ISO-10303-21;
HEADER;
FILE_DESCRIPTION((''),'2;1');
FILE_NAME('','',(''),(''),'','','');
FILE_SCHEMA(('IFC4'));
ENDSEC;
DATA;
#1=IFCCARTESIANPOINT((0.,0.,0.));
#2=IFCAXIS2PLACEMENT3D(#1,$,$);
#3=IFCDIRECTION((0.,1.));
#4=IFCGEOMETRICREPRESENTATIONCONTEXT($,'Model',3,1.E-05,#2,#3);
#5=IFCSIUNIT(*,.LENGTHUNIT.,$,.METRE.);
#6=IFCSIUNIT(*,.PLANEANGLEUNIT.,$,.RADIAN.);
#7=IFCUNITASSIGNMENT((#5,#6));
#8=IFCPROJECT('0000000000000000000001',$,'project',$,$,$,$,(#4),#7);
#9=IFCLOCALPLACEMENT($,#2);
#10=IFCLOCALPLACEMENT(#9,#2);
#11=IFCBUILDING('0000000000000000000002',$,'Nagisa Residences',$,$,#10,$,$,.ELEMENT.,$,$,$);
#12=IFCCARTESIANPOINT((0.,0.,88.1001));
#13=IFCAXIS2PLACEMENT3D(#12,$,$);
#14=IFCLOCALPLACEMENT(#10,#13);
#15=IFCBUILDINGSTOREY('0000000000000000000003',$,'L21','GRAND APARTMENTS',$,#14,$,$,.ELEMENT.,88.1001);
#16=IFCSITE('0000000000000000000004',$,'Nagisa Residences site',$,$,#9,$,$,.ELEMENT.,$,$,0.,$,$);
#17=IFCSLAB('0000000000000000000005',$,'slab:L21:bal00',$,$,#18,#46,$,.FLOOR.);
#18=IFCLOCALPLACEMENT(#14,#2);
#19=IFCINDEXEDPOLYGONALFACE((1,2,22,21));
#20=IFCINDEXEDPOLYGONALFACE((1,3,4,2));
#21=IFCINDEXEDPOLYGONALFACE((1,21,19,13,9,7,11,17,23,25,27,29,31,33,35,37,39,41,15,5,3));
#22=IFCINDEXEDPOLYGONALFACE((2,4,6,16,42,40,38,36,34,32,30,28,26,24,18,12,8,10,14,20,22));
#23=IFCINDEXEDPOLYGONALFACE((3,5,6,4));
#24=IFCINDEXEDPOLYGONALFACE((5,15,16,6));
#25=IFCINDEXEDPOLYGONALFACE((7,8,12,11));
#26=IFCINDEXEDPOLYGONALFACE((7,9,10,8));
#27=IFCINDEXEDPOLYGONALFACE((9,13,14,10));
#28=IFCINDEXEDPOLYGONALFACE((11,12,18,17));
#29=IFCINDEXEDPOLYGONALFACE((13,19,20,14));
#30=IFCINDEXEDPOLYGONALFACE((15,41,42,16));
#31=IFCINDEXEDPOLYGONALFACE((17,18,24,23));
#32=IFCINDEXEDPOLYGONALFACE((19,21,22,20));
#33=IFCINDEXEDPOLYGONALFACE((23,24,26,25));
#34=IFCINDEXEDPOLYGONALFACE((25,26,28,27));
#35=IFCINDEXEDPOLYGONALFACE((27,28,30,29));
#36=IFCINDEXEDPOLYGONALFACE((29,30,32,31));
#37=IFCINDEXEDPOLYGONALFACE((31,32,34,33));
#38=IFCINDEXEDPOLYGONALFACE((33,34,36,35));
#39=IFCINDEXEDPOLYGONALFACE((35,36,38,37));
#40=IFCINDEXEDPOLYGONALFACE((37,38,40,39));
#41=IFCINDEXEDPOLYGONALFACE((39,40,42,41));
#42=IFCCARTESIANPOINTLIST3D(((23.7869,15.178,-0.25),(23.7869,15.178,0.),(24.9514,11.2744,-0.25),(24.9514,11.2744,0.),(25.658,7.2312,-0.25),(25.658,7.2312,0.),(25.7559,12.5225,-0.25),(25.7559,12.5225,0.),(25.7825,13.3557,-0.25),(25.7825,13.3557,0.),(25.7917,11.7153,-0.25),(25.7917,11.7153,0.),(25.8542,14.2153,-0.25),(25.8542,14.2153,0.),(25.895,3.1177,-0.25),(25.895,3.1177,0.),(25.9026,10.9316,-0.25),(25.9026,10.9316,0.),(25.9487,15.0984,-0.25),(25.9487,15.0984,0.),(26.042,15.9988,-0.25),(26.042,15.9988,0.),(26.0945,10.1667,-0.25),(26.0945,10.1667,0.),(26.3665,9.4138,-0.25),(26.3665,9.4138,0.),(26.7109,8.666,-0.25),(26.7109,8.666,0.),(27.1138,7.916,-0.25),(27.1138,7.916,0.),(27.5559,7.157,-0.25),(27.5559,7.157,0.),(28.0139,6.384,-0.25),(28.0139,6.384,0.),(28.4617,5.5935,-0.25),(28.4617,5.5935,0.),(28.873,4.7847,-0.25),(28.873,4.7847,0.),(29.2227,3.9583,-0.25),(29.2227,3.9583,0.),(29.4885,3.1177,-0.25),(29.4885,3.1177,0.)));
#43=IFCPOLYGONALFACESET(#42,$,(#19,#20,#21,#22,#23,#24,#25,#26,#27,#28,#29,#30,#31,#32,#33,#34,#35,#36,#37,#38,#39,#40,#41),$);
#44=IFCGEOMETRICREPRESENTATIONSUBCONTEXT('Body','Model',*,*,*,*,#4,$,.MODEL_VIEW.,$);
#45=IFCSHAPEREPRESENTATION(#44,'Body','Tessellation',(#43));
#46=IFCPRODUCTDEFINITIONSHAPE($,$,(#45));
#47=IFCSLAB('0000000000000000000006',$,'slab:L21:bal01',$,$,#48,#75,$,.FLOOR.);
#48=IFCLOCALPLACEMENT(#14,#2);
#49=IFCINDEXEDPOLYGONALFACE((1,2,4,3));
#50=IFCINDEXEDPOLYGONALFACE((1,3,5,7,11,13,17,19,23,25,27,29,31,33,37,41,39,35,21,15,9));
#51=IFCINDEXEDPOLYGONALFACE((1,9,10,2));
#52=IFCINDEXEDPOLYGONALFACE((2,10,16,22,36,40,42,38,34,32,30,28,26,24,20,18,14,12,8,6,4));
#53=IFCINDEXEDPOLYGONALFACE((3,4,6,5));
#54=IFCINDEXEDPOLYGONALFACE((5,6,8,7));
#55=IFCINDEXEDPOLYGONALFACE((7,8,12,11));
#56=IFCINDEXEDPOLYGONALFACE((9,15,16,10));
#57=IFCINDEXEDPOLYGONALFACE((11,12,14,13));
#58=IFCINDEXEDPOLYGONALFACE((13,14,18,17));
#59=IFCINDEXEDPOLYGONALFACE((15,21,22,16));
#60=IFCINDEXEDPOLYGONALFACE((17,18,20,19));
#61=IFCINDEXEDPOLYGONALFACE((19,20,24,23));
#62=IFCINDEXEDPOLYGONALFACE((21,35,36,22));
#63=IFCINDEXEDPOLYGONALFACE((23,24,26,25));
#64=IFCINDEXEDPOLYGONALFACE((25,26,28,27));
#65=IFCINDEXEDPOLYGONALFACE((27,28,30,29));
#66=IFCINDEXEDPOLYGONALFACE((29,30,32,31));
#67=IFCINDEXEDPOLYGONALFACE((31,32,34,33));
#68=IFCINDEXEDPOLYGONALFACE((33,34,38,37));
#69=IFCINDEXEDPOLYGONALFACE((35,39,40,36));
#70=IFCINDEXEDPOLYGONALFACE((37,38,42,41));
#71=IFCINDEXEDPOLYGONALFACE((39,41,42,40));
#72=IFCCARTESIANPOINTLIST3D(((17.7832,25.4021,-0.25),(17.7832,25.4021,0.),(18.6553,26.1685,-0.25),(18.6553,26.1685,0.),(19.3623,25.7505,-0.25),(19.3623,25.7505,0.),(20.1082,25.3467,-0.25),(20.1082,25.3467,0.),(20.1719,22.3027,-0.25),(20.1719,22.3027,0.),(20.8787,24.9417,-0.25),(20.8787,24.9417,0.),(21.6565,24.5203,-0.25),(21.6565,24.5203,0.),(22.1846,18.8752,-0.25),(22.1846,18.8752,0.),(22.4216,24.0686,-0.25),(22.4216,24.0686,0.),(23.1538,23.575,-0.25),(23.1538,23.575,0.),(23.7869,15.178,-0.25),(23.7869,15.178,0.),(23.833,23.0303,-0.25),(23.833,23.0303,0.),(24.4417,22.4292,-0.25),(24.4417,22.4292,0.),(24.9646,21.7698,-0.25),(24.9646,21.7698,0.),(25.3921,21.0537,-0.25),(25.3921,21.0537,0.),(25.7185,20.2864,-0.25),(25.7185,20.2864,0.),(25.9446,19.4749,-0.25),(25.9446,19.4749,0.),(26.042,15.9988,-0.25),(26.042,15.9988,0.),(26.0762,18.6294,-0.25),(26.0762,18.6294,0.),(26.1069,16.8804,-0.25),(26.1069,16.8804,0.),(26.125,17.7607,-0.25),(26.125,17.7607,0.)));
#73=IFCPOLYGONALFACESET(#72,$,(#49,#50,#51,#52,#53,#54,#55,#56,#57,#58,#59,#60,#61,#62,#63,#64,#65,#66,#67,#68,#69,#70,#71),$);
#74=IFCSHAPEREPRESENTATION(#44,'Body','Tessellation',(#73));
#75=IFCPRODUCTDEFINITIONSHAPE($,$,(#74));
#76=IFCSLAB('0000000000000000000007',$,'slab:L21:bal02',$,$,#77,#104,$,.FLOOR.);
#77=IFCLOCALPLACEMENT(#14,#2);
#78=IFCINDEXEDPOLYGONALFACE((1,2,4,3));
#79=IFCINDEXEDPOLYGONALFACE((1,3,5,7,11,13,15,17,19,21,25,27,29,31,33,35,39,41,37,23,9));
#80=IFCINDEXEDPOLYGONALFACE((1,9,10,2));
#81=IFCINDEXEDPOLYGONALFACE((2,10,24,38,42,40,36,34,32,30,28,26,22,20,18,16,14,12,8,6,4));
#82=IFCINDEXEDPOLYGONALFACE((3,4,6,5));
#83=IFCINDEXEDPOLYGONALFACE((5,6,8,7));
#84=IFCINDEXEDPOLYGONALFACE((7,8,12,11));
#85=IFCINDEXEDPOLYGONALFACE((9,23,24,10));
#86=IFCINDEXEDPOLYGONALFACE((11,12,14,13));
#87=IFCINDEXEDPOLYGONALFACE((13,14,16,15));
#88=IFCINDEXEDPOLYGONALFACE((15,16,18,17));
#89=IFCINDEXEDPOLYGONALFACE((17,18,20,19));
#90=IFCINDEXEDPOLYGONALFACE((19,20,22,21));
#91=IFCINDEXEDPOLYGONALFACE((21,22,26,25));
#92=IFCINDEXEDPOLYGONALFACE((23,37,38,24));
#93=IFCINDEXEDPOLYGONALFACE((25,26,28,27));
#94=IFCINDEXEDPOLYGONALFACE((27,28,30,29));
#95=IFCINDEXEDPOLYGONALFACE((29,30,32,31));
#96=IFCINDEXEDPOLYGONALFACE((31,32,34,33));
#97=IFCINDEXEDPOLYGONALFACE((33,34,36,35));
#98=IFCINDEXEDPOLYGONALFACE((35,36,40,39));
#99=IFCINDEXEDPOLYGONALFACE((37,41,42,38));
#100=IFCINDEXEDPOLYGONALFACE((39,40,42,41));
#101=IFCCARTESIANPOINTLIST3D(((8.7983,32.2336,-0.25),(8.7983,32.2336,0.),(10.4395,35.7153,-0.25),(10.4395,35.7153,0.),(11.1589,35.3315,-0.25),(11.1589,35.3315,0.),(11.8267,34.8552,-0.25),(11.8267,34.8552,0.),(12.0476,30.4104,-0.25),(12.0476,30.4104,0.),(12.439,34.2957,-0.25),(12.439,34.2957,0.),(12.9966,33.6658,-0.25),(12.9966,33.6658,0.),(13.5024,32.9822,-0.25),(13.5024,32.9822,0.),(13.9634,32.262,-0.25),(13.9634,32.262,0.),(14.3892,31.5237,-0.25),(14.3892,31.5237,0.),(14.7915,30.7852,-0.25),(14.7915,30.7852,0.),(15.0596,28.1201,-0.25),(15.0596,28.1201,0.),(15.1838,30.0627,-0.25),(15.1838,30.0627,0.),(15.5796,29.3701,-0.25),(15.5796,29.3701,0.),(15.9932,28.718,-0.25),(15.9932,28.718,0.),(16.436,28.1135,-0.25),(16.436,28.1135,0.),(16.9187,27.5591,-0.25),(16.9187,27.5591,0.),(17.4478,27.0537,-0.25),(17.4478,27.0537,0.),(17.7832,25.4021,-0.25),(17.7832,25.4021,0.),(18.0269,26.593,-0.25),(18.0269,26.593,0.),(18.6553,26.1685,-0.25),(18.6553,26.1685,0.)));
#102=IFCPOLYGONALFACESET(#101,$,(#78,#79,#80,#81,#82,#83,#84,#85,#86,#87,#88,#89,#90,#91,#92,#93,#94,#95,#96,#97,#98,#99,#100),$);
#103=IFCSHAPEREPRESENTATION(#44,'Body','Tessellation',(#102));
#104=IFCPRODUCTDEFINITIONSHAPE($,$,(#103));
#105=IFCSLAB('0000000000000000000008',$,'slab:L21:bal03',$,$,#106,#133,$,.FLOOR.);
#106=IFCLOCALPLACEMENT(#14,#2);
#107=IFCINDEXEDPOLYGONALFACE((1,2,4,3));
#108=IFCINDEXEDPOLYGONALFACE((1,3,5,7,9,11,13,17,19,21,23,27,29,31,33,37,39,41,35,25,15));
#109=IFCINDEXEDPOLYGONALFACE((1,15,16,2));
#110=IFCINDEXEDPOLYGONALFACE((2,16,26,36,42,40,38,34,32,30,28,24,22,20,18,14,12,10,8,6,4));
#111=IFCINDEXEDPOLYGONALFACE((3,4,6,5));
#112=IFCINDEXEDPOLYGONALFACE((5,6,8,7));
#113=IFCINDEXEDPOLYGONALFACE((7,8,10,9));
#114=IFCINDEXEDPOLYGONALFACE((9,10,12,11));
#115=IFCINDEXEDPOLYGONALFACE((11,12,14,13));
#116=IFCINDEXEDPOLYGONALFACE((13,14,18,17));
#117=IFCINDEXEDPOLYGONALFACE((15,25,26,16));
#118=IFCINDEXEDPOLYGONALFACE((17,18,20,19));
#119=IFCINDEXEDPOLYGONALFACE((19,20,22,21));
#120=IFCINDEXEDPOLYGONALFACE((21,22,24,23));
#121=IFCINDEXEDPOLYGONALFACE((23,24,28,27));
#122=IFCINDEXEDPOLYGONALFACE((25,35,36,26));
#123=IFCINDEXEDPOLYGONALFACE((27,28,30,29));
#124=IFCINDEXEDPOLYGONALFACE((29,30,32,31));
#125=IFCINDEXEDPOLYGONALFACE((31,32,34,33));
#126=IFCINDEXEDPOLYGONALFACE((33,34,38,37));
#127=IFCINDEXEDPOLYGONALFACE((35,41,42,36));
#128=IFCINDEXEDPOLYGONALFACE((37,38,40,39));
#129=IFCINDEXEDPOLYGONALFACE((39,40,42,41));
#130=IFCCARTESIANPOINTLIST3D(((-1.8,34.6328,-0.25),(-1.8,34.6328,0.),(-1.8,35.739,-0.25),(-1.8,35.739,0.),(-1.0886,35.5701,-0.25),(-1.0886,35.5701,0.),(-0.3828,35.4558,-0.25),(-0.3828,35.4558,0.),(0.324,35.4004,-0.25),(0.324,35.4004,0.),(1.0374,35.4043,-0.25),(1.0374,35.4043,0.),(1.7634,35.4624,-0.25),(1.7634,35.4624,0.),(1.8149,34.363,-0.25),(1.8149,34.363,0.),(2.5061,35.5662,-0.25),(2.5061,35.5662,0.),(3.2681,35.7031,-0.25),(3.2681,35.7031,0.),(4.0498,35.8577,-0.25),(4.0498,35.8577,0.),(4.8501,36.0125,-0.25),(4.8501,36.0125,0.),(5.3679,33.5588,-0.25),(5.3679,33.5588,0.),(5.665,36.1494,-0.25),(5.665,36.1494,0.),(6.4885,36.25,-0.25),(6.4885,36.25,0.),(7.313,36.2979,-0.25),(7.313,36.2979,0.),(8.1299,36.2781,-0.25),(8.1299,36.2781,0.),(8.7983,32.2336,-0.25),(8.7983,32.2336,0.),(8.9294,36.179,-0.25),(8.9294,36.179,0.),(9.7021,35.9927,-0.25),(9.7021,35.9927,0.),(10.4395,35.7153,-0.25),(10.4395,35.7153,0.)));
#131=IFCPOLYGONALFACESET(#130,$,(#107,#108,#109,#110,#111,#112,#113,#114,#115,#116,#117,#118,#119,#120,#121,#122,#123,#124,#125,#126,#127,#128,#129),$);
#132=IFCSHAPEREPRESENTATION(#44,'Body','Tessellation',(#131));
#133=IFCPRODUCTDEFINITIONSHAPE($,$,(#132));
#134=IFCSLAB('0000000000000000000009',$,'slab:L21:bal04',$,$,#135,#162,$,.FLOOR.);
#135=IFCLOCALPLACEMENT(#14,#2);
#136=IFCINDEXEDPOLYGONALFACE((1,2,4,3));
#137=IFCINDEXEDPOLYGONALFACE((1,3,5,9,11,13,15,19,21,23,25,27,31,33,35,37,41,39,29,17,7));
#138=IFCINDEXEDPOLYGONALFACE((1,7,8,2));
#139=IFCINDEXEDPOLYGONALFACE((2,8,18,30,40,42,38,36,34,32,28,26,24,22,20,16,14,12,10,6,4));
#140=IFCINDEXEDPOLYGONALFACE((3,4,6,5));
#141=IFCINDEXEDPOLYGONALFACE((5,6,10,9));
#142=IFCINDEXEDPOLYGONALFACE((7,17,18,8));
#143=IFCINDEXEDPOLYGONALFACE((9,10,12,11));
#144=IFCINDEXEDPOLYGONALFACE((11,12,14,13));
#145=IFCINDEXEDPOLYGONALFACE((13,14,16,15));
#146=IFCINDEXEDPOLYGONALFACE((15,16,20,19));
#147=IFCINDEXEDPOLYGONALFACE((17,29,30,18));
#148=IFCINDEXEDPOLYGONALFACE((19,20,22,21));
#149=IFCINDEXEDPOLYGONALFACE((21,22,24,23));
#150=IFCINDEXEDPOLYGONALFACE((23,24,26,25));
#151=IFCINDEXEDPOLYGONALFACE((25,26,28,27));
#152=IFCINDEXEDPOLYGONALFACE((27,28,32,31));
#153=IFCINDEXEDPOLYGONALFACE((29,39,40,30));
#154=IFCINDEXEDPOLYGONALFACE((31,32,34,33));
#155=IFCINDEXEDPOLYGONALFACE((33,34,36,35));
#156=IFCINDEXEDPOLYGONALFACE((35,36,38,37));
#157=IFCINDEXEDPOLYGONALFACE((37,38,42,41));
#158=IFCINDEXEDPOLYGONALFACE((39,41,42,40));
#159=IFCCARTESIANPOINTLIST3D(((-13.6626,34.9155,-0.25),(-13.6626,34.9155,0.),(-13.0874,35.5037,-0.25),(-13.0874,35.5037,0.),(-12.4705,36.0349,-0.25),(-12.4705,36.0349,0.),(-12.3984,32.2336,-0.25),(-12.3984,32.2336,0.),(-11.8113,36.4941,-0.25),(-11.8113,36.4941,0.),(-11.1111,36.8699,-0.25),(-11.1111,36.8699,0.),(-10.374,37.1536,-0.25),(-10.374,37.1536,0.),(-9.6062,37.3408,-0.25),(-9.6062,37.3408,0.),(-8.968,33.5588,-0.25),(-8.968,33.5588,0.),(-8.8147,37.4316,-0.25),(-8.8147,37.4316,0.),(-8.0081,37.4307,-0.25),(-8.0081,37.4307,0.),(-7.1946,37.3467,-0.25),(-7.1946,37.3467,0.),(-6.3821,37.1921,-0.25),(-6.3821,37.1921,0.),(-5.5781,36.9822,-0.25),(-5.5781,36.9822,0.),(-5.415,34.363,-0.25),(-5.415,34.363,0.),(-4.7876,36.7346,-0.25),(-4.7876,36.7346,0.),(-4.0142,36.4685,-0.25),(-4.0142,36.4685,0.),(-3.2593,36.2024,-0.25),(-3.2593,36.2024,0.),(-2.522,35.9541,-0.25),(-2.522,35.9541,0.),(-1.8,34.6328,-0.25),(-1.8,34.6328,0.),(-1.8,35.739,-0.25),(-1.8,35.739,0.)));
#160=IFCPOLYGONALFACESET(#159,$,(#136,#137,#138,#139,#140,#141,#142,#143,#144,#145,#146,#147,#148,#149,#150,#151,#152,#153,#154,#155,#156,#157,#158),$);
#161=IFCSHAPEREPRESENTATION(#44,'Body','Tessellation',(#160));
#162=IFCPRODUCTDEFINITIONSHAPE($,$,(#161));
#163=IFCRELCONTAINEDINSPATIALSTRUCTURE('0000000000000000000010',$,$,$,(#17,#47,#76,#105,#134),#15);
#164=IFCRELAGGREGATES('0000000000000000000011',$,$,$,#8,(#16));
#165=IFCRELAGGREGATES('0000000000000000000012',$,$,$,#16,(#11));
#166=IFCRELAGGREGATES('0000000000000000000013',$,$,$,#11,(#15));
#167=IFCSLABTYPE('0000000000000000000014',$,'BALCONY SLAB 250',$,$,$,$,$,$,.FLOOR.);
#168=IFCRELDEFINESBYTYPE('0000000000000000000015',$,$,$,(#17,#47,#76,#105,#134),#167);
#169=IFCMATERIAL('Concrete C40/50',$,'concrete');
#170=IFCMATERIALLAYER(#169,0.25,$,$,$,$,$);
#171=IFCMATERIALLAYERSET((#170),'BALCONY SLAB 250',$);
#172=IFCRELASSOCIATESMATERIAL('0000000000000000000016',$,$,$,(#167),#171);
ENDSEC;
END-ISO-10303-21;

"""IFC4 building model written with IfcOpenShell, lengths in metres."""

from ifc_helpers import new_model, si_unit, direction, frame, origin, place, context, subcontext, project, spatial, polyline, outline, extrude, material, layer, layer_set, type_object, element, save


model = new_model("IFC4")

# Units and contexts
model_context = context("Model", 3, precision=1e-05, world=origin(), true_north=direction((0.0, 1.0)))
body_context = subcontext(model_context, "Body", "Model", "MODEL_VIEW")
ifc_project = project(units=[si_unit("LENGTHUNIT", "METRE"), si_unit("PLANEANGLEUNIT", "RADIAN")], contexts=[model_context])

# Site, building, storey
site_placement = place(None, origin())
site = spatial("IfcSite", under=ifc_project, at=site_placement, Name="Nagisa Residences site", CompositionType="ELEMENT", RefElevation=0.0)
building_placement = place(site_placement, origin())
building = spatial("IfcBuilding", under=site, at=building_placement, Name="Nagisa Residences", CompositionType="ELEMENT")
storey_placement = place(building_placement, frame((0.0, 0.0, 88.1001)))
storey = spatial("IfcBuildingStorey", under=building, at=storey_placement, Name="L21", Description="GRAND APARTMENTS", CompositionType="ELEMENT", Elevation=88.1001)

# Slabs
ifc_material_1 = material(Name="Concrete C40/50", Category="concrete")
ifc_layer_1 = layer(ifc_material_1, 0.25)
ifc_layer_set_1 = layer_set([ifc_layer_1], Name="BALCONY SLAB 250")
slab_type_1 = type_object("IfcSlabType", Name="BALCONY SLAB 250", PredefinedType="FLOOR", material=ifc_layer_set_1)
slab_1_placement = place(storey_placement, frame((0.0, 0.0, -0.25)))
element("IfcSlab", 1, at=slab_1_placement, inside=storey, type_object=slab_type_1, Name="slab:L21:bal00", PredefinedType="FLOOR", context=body_context, shape_type="SweptSolid", body=[
    extrude(outline(polyline([(29.4885, 3.1177), (29.2227, 3.9583), (28.873, 4.7847), (28.4617, 5.5935), (28.0139, 6.384), (27.5559, 7.157), (27.1138, 7.916), (26.7109, 8.666), (26.3665, 9.4138), (26.0945, 10.1667), (25.9026, 10.9316), (25.7917, 11.7153), (25.7559, 12.5225), (25.7825, 13.3557), (25.8542, 14.2153), (25.9487, 15.0984), (26.042, 15.9988), (23.7869, 15.178), (24.9514, 11.2744), (25.658, 7.2312), (25.895, 3.1177), (29.4885, 3.1177)])), origin(), (0.0, 0.0, 1.0), 0.25),
])
slab_2_placement = place(storey_placement, frame((0.0, 0.0, -0.25)))
element("IfcSlab", 2, at=slab_2_placement, inside=storey, type_object=slab_type_1, Name="slab:L21:bal01", PredefinedType="FLOOR", context=body_context, shape_type="SweptSolid", body=[
    extrude(outline(polyline([(26.042, 15.9988), (26.1069, 16.8804), (26.125, 17.7607), (26.0762, 18.6294), (25.9446, 19.4749), (25.7185, 20.2864), (25.3921, 21.0537), (24.9646, 21.7698), (24.4417, 22.4292), (23.833, 23.0303), (23.1538, 23.575), (22.4216, 24.0686), (21.6565, 24.5203), (20.8787, 24.9417), (20.1082, 25.3467), (19.3623, 25.7505), (18.6553, 26.1685), (17.7832, 25.4021), (20.1719, 22.3027), (22.1846, 18.8752), (23.7869, 15.178), (26.042, 15.9988)])), origin(), (0.0, 0.0, 1.0), 0.25),
])
slab_3_placement = place(storey_placement, frame((0.0, 0.0, -0.25)))
element("IfcSlab", 3, at=slab_3_placement, inside=storey, type_object=slab_type_1, Name="slab:L21:bal02", PredefinedType="FLOOR", context=body_context, shape_type="SweptSolid", body=[
    extrude(outline(polyline([(18.6553, 26.1685), (18.0269, 26.593), (17.4478, 27.0537), (16.9187, 27.5591), (16.436, 28.1135), (15.9932, 28.718), (15.5796, 29.3701), (15.1838, 30.0627), (14.7915, 30.7852), (14.3892, 31.5237), (13.9634, 32.262), (13.5024, 32.9822), (12.9966, 33.6658), (12.439, 34.2957), (11.8267, 34.8552), (11.1589, 35.3315), (10.4395, 35.7153), (8.7983, 32.2336), (12.0476, 30.4104), (15.0596, 28.1201), (17.7832, 25.4021), (18.6553, 26.1685)])), origin(), (0.0, 0.0, 1.0), 0.25),
])
slab_4_placement = place(storey_placement, frame((0.0, 0.0, -0.25)))
element("IfcSlab", 4, at=slab_4_placement, inside=storey, type_object=slab_type_1, Name="slab:L21:bal03", PredefinedType="FLOOR", context=body_context, shape_type="SweptSolid", body=[
    extrude(outline(polyline([(10.4395, 35.7153), (9.7021, 35.9927), (8.9294, 36.179), (8.1299, 36.2781), (7.313, 36.2979), (6.4885, 36.25), (5.665, 36.1494), (4.8501, 36.0125), (4.0498, 35.8577), (3.2681, 35.7031), (2.5061, 35.5662), (1.7634, 35.4624), (1.0374, 35.4043), (0.324, 35.4004), (-0.3828, 35.4558), (-1.0886, 35.5701), (-1.8, 35.739), (-1.8, 34.6328), (1.8149, 34.363), (5.3679, 33.5588), (8.7983, 32.2336), (10.4395, 35.7153)])), origin(), (0.0, 0.0, 1.0), 0.25),
])
slab_5_placement = place(storey_placement, frame((0.0, 0.0, -0.25)))
element("IfcSlab", 5, at=slab_5_placement, inside=storey, type_object=slab_type_1, Name="slab:L21:bal04", PredefinedType="FLOOR", context=body_context, shape_type="SweptSolid", body=[
    extrude(outline(polyline([(-1.8, 35.739), (-2.522, 35.9541), (-3.2593, 36.2024), (-4.0142, 36.4685), (-4.7876, 36.7346), (-5.5781, 36.9822), (-6.3821, 37.1921), (-7.1946, 37.3467), (-8.0081, 37.4307), (-8.8147, 37.4316), (-9.6062, 37.3408), (-10.374, 37.1536), (-11.1111, 36.8699), (-11.8113, 36.4941), (-12.4705, 36.0349), (-13.0874, 35.5037), (-13.6626, 34.9155), (-12.3984, 32.2336), (-8.968, 33.5588), (-5.415, 34.363), (-1.8, 34.6328), (-1.8, 35.739)])), origin(), (0.0, 0.0, 1.0), 0.25),
])

save(model, "model.ifc")
